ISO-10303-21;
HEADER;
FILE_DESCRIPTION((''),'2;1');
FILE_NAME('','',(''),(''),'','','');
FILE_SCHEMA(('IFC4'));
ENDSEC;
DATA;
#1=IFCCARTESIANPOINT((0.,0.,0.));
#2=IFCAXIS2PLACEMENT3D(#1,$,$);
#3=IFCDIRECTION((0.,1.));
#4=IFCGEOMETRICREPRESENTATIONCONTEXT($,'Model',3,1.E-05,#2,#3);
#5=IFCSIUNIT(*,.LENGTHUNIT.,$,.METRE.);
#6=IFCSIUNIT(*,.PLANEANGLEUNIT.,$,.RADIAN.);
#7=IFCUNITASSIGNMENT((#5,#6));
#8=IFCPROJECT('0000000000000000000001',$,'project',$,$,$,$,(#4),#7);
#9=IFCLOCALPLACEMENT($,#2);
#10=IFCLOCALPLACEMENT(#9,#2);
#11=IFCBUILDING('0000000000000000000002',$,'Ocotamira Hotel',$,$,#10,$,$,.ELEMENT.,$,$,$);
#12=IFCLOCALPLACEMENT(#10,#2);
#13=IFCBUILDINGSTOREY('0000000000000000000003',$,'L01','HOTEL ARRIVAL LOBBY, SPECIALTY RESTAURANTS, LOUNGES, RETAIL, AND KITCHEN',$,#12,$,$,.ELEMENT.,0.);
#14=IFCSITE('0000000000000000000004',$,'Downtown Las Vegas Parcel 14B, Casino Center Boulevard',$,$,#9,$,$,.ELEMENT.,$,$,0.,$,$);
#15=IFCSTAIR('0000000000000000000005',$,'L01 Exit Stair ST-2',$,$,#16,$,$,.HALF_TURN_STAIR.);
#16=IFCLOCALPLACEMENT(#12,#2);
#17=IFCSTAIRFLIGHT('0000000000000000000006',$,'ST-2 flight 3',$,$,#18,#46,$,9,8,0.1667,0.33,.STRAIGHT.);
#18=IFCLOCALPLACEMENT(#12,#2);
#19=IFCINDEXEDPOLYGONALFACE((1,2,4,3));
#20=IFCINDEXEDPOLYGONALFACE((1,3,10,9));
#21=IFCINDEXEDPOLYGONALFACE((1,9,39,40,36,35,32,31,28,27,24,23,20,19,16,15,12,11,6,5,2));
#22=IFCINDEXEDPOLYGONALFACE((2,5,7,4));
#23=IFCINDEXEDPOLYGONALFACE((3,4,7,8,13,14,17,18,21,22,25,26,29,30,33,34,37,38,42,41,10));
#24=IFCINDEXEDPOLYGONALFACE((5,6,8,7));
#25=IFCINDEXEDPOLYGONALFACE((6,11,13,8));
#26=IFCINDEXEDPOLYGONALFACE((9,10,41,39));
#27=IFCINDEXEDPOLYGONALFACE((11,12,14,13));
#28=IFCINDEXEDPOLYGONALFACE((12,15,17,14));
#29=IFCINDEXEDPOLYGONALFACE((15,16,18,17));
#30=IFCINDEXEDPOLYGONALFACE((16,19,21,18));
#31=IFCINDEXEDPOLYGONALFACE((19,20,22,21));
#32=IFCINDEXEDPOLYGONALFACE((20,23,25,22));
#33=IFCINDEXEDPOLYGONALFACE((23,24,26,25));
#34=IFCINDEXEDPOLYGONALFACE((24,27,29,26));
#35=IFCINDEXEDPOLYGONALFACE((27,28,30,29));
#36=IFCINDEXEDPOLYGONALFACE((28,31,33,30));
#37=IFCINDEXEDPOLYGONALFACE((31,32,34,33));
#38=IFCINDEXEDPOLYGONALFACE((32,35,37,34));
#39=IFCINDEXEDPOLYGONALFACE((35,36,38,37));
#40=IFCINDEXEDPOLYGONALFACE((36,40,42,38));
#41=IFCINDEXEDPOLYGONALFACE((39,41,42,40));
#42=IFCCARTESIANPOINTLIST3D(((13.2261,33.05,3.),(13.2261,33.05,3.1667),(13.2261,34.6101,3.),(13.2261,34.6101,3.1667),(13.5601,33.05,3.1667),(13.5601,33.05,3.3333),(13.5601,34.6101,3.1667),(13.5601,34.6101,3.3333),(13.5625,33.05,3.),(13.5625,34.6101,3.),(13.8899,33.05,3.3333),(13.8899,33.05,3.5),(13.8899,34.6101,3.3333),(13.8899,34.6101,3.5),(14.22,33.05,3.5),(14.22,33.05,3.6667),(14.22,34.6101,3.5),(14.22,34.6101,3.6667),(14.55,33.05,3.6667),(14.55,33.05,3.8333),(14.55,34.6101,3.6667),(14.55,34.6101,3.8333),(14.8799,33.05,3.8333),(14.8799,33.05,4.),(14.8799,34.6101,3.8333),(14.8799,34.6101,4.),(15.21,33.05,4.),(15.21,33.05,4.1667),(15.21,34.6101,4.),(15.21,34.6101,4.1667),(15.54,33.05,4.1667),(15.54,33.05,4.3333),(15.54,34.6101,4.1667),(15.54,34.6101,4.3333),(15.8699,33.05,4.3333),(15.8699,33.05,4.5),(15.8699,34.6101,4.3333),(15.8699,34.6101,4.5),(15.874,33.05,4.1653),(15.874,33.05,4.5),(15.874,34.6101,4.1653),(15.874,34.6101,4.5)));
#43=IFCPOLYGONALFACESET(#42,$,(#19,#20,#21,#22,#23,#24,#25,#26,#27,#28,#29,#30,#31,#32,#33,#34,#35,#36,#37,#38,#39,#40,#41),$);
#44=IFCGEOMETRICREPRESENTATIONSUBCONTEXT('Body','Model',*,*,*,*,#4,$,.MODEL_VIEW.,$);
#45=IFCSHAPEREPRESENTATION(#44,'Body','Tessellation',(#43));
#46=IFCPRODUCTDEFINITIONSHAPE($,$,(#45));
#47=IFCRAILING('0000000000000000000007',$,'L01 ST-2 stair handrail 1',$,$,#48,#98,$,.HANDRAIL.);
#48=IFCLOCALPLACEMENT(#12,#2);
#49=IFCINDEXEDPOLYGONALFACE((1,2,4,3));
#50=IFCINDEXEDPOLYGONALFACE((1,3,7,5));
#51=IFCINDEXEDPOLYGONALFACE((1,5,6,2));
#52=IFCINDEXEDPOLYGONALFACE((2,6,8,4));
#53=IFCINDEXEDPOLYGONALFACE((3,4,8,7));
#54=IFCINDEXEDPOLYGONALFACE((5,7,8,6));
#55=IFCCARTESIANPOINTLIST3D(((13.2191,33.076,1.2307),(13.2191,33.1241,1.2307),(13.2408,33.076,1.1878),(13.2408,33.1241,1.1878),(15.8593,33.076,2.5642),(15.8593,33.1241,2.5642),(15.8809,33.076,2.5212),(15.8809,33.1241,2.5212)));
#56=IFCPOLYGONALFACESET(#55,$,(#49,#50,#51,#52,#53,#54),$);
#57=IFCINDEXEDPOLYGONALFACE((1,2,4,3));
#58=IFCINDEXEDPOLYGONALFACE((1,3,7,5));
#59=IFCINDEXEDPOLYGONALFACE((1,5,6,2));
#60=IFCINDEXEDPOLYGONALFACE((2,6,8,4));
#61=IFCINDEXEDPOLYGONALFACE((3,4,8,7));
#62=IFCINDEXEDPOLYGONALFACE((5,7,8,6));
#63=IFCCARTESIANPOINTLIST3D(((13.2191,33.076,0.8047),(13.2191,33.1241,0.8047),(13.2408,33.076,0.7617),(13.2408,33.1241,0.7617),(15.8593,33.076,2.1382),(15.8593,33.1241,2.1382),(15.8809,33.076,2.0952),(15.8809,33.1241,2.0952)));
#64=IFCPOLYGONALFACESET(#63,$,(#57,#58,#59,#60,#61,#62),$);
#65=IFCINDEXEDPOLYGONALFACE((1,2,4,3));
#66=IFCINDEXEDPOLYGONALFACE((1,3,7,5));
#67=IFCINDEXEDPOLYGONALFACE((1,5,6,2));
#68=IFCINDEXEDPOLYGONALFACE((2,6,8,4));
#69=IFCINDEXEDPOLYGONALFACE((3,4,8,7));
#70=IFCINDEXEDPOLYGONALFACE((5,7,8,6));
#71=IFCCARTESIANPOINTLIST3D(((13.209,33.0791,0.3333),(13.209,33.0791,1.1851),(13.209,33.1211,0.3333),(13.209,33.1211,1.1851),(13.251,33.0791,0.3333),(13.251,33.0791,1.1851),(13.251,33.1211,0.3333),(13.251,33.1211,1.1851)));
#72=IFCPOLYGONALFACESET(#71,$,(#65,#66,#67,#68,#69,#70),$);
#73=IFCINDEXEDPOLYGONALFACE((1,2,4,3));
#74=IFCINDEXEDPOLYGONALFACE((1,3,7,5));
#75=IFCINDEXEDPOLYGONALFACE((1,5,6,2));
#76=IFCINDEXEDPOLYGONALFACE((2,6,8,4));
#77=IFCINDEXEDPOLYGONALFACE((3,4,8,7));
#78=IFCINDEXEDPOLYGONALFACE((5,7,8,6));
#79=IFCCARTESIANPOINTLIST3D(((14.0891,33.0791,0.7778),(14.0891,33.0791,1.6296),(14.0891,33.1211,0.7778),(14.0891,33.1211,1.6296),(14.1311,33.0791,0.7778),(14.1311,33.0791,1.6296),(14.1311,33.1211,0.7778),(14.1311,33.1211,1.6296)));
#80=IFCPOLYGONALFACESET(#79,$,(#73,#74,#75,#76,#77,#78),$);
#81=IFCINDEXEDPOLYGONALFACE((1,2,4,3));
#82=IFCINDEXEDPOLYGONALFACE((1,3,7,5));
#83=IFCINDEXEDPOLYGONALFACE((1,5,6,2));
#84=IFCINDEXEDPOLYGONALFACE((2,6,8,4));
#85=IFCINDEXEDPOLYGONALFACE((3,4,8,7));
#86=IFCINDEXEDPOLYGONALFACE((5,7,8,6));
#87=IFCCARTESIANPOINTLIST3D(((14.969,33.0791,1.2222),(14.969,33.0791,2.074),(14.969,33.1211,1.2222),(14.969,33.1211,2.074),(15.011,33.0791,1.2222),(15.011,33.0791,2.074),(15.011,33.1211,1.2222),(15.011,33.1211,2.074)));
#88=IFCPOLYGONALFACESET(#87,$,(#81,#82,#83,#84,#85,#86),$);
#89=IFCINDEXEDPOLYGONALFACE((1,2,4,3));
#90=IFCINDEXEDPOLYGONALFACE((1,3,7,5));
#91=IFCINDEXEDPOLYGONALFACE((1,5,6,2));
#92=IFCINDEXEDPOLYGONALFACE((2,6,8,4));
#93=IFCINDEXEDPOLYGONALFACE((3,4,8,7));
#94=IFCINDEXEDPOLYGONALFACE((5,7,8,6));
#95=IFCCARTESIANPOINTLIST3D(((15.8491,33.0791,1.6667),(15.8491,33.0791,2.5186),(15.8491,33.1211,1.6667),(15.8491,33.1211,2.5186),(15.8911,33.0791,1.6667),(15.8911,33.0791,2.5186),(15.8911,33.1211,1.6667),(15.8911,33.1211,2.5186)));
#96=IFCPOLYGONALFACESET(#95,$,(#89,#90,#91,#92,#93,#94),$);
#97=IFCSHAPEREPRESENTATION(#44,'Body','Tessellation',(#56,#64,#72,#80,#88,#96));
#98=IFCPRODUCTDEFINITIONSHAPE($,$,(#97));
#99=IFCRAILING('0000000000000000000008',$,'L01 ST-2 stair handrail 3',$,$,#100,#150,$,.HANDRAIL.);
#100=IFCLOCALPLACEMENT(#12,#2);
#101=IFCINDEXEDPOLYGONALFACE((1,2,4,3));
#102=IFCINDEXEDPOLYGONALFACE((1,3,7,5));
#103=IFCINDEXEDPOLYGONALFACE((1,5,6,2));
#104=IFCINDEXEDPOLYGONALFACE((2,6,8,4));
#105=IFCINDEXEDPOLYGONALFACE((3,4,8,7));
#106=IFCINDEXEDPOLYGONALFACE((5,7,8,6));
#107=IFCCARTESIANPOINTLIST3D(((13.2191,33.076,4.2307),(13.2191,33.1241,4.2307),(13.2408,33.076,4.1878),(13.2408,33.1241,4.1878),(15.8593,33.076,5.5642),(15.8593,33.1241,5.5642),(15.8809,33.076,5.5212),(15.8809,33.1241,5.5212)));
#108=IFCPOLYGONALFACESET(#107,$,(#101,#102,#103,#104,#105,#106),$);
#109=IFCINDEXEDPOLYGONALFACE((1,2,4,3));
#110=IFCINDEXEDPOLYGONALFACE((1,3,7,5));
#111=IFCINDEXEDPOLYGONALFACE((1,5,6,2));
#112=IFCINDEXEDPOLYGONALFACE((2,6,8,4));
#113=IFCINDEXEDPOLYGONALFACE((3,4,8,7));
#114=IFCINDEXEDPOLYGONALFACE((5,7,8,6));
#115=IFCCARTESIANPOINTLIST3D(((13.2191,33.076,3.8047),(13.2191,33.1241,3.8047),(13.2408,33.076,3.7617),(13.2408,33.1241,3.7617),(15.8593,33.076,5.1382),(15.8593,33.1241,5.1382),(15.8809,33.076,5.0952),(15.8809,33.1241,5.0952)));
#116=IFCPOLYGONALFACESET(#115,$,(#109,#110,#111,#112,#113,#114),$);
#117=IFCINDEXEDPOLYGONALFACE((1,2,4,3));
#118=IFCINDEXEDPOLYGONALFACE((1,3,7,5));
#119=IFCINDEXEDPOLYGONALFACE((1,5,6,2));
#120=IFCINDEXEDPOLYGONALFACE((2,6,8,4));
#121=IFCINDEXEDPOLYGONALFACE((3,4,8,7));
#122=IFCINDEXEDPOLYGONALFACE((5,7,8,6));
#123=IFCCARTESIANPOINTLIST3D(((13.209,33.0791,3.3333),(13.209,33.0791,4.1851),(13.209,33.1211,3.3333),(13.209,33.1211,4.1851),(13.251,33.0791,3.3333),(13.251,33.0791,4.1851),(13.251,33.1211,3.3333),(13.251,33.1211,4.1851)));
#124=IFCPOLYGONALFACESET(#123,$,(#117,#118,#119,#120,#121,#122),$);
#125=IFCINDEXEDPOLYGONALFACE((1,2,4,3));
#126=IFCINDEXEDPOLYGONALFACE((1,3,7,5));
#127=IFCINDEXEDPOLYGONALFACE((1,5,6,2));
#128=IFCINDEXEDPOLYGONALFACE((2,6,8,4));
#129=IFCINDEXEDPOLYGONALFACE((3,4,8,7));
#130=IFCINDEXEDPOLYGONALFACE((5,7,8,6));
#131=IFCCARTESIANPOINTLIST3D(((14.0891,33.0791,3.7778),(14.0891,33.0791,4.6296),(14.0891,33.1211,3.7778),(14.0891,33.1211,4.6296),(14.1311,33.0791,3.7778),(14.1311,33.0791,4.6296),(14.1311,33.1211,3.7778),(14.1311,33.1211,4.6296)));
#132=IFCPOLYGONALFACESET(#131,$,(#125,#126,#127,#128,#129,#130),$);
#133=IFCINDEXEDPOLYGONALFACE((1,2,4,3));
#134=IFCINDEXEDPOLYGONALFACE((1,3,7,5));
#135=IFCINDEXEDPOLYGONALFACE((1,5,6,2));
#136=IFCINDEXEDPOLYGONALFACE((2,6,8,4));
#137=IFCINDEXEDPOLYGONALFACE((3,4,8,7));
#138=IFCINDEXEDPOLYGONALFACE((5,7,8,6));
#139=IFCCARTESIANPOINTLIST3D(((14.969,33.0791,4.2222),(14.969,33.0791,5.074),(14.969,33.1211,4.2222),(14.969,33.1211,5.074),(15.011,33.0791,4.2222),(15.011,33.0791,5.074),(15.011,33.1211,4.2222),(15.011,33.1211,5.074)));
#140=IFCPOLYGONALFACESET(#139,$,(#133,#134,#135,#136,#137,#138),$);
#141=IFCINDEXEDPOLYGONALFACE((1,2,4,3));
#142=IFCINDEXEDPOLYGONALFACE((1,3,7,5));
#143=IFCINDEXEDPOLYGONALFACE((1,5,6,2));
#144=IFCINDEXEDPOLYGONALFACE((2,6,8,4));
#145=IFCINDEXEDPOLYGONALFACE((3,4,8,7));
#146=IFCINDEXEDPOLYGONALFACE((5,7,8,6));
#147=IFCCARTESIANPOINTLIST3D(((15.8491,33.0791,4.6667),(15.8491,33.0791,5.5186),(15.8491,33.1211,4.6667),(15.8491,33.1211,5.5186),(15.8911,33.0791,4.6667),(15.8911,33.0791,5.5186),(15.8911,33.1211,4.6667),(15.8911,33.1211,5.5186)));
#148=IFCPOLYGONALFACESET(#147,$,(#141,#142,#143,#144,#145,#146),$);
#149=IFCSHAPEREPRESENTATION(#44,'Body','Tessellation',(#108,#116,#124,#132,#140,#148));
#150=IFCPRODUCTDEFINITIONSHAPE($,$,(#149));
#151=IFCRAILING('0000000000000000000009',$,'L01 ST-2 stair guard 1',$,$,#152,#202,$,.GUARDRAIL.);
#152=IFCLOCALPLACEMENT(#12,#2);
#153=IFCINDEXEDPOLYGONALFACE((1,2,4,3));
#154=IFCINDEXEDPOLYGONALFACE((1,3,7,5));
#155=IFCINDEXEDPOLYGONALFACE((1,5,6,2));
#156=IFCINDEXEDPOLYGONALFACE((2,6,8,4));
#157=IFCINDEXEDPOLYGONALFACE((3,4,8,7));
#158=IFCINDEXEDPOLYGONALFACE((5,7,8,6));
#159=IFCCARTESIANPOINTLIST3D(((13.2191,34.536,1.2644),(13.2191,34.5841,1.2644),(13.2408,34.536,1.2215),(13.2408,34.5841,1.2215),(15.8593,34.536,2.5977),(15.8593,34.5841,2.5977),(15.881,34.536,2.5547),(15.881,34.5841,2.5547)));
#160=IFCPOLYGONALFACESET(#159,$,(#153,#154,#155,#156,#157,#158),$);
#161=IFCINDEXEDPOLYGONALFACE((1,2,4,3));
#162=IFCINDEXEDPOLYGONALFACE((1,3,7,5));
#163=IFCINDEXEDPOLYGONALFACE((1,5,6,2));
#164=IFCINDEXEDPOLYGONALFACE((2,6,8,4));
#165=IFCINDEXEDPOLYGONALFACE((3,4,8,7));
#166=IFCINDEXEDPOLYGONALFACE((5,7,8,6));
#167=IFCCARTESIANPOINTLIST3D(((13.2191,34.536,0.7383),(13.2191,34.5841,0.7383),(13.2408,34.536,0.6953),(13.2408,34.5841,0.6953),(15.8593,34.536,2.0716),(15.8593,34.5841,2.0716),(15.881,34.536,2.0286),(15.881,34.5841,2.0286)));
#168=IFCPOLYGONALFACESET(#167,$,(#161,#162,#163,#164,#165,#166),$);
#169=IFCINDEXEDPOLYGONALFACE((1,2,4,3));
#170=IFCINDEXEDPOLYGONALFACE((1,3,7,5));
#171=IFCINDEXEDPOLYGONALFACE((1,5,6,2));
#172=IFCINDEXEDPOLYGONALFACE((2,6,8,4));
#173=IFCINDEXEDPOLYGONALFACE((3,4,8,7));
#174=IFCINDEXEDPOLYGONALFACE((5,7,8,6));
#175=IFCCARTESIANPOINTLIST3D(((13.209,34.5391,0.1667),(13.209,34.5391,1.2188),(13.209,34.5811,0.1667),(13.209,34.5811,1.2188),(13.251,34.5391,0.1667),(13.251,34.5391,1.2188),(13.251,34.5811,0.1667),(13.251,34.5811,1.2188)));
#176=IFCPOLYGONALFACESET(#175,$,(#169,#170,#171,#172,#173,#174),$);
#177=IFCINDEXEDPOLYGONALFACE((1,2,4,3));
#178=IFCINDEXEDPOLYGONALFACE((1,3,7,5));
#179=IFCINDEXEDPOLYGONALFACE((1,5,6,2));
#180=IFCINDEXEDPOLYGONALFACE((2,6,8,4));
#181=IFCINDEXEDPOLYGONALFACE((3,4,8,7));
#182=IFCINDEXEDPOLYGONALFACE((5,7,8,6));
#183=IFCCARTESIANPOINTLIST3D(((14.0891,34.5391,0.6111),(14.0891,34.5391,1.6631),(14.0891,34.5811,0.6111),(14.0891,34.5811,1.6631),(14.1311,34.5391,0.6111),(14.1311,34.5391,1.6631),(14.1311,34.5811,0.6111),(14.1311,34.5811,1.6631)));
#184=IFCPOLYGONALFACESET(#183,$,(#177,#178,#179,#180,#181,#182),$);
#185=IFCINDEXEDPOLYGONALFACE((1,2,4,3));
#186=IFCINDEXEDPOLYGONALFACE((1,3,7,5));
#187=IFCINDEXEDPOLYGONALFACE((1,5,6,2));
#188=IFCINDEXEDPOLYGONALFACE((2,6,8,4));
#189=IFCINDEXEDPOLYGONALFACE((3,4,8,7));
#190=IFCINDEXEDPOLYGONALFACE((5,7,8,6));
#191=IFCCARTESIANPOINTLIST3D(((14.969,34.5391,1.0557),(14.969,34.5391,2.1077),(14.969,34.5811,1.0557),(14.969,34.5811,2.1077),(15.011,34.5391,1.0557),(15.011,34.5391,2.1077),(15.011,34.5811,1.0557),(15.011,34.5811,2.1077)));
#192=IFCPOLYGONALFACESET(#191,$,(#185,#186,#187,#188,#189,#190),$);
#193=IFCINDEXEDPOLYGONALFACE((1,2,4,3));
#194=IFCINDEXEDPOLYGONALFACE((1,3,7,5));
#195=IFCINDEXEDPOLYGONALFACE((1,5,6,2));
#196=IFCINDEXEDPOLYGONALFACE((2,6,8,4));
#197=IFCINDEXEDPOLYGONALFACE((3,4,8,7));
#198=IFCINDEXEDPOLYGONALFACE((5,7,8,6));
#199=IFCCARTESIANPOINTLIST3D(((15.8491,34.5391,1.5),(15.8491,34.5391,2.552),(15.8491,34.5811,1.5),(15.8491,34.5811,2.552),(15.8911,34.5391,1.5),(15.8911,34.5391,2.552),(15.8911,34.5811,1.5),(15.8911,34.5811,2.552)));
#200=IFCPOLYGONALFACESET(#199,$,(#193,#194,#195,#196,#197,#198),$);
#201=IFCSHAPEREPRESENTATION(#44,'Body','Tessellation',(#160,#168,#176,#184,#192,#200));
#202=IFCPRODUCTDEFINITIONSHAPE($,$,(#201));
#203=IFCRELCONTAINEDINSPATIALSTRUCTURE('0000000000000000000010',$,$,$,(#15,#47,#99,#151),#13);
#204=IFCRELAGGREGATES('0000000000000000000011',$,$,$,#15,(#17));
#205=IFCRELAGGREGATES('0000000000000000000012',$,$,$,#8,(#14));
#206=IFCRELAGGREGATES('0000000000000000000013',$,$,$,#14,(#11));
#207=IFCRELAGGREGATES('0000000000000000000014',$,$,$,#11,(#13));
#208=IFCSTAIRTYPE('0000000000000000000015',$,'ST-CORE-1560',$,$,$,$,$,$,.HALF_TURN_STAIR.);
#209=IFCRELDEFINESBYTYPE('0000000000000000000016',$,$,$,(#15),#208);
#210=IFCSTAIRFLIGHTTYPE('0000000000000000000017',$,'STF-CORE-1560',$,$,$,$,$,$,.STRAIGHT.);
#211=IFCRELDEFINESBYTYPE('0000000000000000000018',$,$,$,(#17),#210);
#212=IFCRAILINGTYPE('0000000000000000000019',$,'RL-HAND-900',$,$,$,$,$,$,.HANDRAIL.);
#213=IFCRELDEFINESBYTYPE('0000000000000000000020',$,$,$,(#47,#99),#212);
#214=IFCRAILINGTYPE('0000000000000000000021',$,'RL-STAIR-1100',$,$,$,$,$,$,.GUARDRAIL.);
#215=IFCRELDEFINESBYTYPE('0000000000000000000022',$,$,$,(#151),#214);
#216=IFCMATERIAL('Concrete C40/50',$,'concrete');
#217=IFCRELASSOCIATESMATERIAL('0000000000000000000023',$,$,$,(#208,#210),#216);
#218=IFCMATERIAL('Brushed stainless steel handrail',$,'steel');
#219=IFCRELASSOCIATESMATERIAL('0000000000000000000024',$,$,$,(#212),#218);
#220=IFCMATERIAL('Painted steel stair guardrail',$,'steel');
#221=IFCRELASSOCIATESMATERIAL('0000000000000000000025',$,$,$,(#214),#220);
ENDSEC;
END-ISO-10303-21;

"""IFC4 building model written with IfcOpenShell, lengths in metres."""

from ifc_helpers import new_model, si_unit, direction, frame, origin, origin_2d, place, context, subcontext, project, spatial, polyline, rectangle, outline, extrude, source, transform, mapped, material, type_object, element, aggregate, save


model = new_model("IFC4")

# Units and contexts
model_context = context("Model", 3, precision=1e-05, world=origin(), true_north=direction((0.0, 1.0)))
body_context = subcontext(model_context, "Body", "Model", "MODEL_VIEW")
ifc_project = project(units=[si_unit("LENGTHUNIT", "METRE"), si_unit("PLANEANGLEUNIT", "RADIAN")], contexts=[model_context])

# Site, building, storey
site_placement = place(None, origin())
site = spatial("IfcSite", under=ifc_project, at=site_placement, Name="Downtown Las Vegas Parcel 14B, Casino Center Boulevard", CompositionType="ELEMENT", RefElevation=0.0)
building_placement = place(site_placement, origin())
building = spatial("IfcBuilding", under=site, at=building_placement, Name="Ocotamira Hotel", CompositionType="ELEMENT")
storey_placement = place(building_placement, origin())
storey = spatial("IfcBuildingStorey", under=building, at=storey_placement, Name="L01", Description="HOTEL ARRIVAL LOBBY, SPECIALTY RESTAURANTS, LOUNGES, RETAIL, AND KITCHEN", CompositionType="ELEMENT", Elevation=0.0)

# Stair, stair flight
ifc_material_1 = material(Name="Concrete C40/50", Category="concrete")
stair_type = type_object("IfcStairType", Name="ST-CORE-1560", PredefinedType="HALF_TURN_STAIR", material=ifc_material_1)
stair_placement = place(storey_placement, origin())
stair = element("IfcStair", 1, at=stair_placement, inside=storey, type_object=stair_type, Name="L01 Exit Stair ST-2", PredefinedType="HALF_TURN_STAIR")
stair_flight_type = type_object("IfcStairFlightType", Name="STF-CORE-1560", PredefinedType="STRAIGHT", material=ifc_material_1)
shared_shape_1 = source(origin(), body_context, "Body", "SweptSolid", [
    extrude(outline(polyline([(-0.0039, 0.0), (-0.0039, 0.1667), (0.3301, 0.1667), (0.3301, 0.3333), (0.6599, 0.3333), (0.6599, 0.5), (0.99, 0.5), (0.99, 0.6667), (1.3201, 0.6667), (1.3201, 0.8333), (1.6499, 0.8333), (1.6499, 1.0), (1.98, 1.0), (1.98, 1.1667), (2.3101, 1.1667), (2.3101, 1.3333), (2.6399, 1.3333), (2.6399, 1.5), (2.644, 1.5), (2.644, 1.1653), (0.3325, 0.0), (-0.0039, 0.0)])), frame((0.0, 0.78, 0.0), z_axis=(0.0, -1.0, 0.0), x_axis=(1.0, 0.0, 0.0)), (0.0, 0.0, 1.0), 1.5601),
])
stair_flight_1_placement = place(storey_placement, frame((13.23, 33.8301, 3.0), z_axis=(0.0, 0.0, 1.0), x_axis=(1.0, 0.0, 0.0)))
stair_flight_1 = element("IfcStairFlight", 2, at=stair_flight_1_placement, type_object=stair_flight_type, Name="ST-2 flight 3", NumberOfRisers=9, NumberOfTreads=8, PredefinedType="STRAIGHT", RiserHeight=0.1667, TreadLength=0.33, context=body_context, shape_type="MappedRepresentation", body=[
    mapped(shared_shape_1, transform((0.0, 0.0, 0.0), scale=1.0)),
])
aggregate(stair, [stair_flight_1])

# Railings
ifc_material_2 = material(Name="Brushed stainless steel handrail", Category="steel")
railing_type_1 = type_object("IfcRailingType", Name="RL-HAND-900", PredefinedType="HANDRAIL", material=ifc_material_2)
for number, where, name in (
    (3, (13.23, 33.1001, 0.3333), "L01 ST-2 stair handrail 1"),
    (4, (13.23, 33.1001, 3.3333), "L01 ST-2 stair handrail 3"),
):
    element("IfcRailing", number, at=place(storey_placement, frame(where)), inside=storey, type_object=railing_type_1, Name=name, PredefinedType="HANDRAIL", context=body_context, shape_type="SweptSolid", body=[
        extrude(rectangle(XDim=0.0481, YDim=0.0481, at=origin_2d()), frame((0.0, 0.0, 0.876), z_axis=(0.892604, 0.0, 0.450842), x_axis=(0.0, 1.0, 0.0)), (0.0, 0.0, 1.0), 2.9578),
        extrude(rectangle(XDim=0.0481, YDim=0.0481, at=origin_2d()), frame((0.0, 0.0, 0.45), z_axis=(0.892604, 0.0, 0.450842), x_axis=(0.0, 1.0, 0.0)), (0.0, 0.0, 1.0), 2.9578),
        extrude(rectangle(XDim=0.042, YDim=0.042, at=origin_2d()), origin(), (0.0, 0.0, 1.0), 0.8518),
        extrude(rectangle(XDim=0.042, YDim=0.042, at=origin_2d()), frame((0.8801, 0.0, 0.4446)), (0.0, 0.0, 1.0), 0.8518),
        extrude(rectangle(XDim=0.042, YDim=0.042, at=origin_2d()), frame((1.76, 0.0, 0.8889)), (0.0, 0.0, 1.0), 0.8518),
        extrude(rectangle(XDim=0.042, YDim=0.042, at=origin_2d()), frame((2.6401, 0.0, 1.3335)), (0.0, 0.0, 1.0), 0.8518),
    ])
ifc_material_3 = material(Name="Painted steel stair guardrail", Category="steel")
railing_type_2 = type_object("IfcRailingType", Name="RL-STAIR-1100", PredefinedType="GUARDRAIL", material=ifc_material_3)
railing_placement = place(storey_placement, frame((13.23, 34.5601, 0.1667)))
element("IfcRailing", 5, at=railing_placement, inside=storey, type_object=railing_type_2, Name="L01 ST-2 stair guard 1", PredefinedType="GUARDRAIL", context=body_context, shape_type="SweptSolid", body=[
    extrude(rectangle(XDim=0.0481, YDim=0.0481, at=origin_2d()), frame((0.0, 0.0, 1.0762), z_axis=(0.892637, 0.0, 0.450776), x_axis=(0.0, 1.0, 0.0)), (0.0, 0.0, 1.0), 2.9578),
    extrude(rectangle(XDim=0.0481, YDim=0.0481, at=origin_2d()), frame((0.0, 0.0, 0.55), z_axis=(0.892637, 0.0, 0.450776), x_axis=(0.0, 1.0, 0.0)), (0.0, 0.0, 1.0), 2.9578),
    extrude(rectangle(XDim=0.042, YDim=0.042, at=origin_2d()), origin(), (0.0, 0.0, 1.0), 1.052),
    extrude(rectangle(XDim=0.042, YDim=0.042, at=origin_2d()), frame((0.8801, 0.0, 0.4443)), (0.0, 0.0, 1.0), 1.052),
    extrude(rectangle(XDim=0.042, YDim=0.042, at=origin_2d()), frame((1.76, 0.0, 0.8889)), (0.0, 0.0, 1.0), 1.052),
    extrude(rectangle(XDim=0.042, YDim=0.042, at=origin_2d()), frame((2.6401, 0.0, 1.3333)), (0.0, 0.0, 1.0), 1.052),
])

save(model, "model.ifc")
